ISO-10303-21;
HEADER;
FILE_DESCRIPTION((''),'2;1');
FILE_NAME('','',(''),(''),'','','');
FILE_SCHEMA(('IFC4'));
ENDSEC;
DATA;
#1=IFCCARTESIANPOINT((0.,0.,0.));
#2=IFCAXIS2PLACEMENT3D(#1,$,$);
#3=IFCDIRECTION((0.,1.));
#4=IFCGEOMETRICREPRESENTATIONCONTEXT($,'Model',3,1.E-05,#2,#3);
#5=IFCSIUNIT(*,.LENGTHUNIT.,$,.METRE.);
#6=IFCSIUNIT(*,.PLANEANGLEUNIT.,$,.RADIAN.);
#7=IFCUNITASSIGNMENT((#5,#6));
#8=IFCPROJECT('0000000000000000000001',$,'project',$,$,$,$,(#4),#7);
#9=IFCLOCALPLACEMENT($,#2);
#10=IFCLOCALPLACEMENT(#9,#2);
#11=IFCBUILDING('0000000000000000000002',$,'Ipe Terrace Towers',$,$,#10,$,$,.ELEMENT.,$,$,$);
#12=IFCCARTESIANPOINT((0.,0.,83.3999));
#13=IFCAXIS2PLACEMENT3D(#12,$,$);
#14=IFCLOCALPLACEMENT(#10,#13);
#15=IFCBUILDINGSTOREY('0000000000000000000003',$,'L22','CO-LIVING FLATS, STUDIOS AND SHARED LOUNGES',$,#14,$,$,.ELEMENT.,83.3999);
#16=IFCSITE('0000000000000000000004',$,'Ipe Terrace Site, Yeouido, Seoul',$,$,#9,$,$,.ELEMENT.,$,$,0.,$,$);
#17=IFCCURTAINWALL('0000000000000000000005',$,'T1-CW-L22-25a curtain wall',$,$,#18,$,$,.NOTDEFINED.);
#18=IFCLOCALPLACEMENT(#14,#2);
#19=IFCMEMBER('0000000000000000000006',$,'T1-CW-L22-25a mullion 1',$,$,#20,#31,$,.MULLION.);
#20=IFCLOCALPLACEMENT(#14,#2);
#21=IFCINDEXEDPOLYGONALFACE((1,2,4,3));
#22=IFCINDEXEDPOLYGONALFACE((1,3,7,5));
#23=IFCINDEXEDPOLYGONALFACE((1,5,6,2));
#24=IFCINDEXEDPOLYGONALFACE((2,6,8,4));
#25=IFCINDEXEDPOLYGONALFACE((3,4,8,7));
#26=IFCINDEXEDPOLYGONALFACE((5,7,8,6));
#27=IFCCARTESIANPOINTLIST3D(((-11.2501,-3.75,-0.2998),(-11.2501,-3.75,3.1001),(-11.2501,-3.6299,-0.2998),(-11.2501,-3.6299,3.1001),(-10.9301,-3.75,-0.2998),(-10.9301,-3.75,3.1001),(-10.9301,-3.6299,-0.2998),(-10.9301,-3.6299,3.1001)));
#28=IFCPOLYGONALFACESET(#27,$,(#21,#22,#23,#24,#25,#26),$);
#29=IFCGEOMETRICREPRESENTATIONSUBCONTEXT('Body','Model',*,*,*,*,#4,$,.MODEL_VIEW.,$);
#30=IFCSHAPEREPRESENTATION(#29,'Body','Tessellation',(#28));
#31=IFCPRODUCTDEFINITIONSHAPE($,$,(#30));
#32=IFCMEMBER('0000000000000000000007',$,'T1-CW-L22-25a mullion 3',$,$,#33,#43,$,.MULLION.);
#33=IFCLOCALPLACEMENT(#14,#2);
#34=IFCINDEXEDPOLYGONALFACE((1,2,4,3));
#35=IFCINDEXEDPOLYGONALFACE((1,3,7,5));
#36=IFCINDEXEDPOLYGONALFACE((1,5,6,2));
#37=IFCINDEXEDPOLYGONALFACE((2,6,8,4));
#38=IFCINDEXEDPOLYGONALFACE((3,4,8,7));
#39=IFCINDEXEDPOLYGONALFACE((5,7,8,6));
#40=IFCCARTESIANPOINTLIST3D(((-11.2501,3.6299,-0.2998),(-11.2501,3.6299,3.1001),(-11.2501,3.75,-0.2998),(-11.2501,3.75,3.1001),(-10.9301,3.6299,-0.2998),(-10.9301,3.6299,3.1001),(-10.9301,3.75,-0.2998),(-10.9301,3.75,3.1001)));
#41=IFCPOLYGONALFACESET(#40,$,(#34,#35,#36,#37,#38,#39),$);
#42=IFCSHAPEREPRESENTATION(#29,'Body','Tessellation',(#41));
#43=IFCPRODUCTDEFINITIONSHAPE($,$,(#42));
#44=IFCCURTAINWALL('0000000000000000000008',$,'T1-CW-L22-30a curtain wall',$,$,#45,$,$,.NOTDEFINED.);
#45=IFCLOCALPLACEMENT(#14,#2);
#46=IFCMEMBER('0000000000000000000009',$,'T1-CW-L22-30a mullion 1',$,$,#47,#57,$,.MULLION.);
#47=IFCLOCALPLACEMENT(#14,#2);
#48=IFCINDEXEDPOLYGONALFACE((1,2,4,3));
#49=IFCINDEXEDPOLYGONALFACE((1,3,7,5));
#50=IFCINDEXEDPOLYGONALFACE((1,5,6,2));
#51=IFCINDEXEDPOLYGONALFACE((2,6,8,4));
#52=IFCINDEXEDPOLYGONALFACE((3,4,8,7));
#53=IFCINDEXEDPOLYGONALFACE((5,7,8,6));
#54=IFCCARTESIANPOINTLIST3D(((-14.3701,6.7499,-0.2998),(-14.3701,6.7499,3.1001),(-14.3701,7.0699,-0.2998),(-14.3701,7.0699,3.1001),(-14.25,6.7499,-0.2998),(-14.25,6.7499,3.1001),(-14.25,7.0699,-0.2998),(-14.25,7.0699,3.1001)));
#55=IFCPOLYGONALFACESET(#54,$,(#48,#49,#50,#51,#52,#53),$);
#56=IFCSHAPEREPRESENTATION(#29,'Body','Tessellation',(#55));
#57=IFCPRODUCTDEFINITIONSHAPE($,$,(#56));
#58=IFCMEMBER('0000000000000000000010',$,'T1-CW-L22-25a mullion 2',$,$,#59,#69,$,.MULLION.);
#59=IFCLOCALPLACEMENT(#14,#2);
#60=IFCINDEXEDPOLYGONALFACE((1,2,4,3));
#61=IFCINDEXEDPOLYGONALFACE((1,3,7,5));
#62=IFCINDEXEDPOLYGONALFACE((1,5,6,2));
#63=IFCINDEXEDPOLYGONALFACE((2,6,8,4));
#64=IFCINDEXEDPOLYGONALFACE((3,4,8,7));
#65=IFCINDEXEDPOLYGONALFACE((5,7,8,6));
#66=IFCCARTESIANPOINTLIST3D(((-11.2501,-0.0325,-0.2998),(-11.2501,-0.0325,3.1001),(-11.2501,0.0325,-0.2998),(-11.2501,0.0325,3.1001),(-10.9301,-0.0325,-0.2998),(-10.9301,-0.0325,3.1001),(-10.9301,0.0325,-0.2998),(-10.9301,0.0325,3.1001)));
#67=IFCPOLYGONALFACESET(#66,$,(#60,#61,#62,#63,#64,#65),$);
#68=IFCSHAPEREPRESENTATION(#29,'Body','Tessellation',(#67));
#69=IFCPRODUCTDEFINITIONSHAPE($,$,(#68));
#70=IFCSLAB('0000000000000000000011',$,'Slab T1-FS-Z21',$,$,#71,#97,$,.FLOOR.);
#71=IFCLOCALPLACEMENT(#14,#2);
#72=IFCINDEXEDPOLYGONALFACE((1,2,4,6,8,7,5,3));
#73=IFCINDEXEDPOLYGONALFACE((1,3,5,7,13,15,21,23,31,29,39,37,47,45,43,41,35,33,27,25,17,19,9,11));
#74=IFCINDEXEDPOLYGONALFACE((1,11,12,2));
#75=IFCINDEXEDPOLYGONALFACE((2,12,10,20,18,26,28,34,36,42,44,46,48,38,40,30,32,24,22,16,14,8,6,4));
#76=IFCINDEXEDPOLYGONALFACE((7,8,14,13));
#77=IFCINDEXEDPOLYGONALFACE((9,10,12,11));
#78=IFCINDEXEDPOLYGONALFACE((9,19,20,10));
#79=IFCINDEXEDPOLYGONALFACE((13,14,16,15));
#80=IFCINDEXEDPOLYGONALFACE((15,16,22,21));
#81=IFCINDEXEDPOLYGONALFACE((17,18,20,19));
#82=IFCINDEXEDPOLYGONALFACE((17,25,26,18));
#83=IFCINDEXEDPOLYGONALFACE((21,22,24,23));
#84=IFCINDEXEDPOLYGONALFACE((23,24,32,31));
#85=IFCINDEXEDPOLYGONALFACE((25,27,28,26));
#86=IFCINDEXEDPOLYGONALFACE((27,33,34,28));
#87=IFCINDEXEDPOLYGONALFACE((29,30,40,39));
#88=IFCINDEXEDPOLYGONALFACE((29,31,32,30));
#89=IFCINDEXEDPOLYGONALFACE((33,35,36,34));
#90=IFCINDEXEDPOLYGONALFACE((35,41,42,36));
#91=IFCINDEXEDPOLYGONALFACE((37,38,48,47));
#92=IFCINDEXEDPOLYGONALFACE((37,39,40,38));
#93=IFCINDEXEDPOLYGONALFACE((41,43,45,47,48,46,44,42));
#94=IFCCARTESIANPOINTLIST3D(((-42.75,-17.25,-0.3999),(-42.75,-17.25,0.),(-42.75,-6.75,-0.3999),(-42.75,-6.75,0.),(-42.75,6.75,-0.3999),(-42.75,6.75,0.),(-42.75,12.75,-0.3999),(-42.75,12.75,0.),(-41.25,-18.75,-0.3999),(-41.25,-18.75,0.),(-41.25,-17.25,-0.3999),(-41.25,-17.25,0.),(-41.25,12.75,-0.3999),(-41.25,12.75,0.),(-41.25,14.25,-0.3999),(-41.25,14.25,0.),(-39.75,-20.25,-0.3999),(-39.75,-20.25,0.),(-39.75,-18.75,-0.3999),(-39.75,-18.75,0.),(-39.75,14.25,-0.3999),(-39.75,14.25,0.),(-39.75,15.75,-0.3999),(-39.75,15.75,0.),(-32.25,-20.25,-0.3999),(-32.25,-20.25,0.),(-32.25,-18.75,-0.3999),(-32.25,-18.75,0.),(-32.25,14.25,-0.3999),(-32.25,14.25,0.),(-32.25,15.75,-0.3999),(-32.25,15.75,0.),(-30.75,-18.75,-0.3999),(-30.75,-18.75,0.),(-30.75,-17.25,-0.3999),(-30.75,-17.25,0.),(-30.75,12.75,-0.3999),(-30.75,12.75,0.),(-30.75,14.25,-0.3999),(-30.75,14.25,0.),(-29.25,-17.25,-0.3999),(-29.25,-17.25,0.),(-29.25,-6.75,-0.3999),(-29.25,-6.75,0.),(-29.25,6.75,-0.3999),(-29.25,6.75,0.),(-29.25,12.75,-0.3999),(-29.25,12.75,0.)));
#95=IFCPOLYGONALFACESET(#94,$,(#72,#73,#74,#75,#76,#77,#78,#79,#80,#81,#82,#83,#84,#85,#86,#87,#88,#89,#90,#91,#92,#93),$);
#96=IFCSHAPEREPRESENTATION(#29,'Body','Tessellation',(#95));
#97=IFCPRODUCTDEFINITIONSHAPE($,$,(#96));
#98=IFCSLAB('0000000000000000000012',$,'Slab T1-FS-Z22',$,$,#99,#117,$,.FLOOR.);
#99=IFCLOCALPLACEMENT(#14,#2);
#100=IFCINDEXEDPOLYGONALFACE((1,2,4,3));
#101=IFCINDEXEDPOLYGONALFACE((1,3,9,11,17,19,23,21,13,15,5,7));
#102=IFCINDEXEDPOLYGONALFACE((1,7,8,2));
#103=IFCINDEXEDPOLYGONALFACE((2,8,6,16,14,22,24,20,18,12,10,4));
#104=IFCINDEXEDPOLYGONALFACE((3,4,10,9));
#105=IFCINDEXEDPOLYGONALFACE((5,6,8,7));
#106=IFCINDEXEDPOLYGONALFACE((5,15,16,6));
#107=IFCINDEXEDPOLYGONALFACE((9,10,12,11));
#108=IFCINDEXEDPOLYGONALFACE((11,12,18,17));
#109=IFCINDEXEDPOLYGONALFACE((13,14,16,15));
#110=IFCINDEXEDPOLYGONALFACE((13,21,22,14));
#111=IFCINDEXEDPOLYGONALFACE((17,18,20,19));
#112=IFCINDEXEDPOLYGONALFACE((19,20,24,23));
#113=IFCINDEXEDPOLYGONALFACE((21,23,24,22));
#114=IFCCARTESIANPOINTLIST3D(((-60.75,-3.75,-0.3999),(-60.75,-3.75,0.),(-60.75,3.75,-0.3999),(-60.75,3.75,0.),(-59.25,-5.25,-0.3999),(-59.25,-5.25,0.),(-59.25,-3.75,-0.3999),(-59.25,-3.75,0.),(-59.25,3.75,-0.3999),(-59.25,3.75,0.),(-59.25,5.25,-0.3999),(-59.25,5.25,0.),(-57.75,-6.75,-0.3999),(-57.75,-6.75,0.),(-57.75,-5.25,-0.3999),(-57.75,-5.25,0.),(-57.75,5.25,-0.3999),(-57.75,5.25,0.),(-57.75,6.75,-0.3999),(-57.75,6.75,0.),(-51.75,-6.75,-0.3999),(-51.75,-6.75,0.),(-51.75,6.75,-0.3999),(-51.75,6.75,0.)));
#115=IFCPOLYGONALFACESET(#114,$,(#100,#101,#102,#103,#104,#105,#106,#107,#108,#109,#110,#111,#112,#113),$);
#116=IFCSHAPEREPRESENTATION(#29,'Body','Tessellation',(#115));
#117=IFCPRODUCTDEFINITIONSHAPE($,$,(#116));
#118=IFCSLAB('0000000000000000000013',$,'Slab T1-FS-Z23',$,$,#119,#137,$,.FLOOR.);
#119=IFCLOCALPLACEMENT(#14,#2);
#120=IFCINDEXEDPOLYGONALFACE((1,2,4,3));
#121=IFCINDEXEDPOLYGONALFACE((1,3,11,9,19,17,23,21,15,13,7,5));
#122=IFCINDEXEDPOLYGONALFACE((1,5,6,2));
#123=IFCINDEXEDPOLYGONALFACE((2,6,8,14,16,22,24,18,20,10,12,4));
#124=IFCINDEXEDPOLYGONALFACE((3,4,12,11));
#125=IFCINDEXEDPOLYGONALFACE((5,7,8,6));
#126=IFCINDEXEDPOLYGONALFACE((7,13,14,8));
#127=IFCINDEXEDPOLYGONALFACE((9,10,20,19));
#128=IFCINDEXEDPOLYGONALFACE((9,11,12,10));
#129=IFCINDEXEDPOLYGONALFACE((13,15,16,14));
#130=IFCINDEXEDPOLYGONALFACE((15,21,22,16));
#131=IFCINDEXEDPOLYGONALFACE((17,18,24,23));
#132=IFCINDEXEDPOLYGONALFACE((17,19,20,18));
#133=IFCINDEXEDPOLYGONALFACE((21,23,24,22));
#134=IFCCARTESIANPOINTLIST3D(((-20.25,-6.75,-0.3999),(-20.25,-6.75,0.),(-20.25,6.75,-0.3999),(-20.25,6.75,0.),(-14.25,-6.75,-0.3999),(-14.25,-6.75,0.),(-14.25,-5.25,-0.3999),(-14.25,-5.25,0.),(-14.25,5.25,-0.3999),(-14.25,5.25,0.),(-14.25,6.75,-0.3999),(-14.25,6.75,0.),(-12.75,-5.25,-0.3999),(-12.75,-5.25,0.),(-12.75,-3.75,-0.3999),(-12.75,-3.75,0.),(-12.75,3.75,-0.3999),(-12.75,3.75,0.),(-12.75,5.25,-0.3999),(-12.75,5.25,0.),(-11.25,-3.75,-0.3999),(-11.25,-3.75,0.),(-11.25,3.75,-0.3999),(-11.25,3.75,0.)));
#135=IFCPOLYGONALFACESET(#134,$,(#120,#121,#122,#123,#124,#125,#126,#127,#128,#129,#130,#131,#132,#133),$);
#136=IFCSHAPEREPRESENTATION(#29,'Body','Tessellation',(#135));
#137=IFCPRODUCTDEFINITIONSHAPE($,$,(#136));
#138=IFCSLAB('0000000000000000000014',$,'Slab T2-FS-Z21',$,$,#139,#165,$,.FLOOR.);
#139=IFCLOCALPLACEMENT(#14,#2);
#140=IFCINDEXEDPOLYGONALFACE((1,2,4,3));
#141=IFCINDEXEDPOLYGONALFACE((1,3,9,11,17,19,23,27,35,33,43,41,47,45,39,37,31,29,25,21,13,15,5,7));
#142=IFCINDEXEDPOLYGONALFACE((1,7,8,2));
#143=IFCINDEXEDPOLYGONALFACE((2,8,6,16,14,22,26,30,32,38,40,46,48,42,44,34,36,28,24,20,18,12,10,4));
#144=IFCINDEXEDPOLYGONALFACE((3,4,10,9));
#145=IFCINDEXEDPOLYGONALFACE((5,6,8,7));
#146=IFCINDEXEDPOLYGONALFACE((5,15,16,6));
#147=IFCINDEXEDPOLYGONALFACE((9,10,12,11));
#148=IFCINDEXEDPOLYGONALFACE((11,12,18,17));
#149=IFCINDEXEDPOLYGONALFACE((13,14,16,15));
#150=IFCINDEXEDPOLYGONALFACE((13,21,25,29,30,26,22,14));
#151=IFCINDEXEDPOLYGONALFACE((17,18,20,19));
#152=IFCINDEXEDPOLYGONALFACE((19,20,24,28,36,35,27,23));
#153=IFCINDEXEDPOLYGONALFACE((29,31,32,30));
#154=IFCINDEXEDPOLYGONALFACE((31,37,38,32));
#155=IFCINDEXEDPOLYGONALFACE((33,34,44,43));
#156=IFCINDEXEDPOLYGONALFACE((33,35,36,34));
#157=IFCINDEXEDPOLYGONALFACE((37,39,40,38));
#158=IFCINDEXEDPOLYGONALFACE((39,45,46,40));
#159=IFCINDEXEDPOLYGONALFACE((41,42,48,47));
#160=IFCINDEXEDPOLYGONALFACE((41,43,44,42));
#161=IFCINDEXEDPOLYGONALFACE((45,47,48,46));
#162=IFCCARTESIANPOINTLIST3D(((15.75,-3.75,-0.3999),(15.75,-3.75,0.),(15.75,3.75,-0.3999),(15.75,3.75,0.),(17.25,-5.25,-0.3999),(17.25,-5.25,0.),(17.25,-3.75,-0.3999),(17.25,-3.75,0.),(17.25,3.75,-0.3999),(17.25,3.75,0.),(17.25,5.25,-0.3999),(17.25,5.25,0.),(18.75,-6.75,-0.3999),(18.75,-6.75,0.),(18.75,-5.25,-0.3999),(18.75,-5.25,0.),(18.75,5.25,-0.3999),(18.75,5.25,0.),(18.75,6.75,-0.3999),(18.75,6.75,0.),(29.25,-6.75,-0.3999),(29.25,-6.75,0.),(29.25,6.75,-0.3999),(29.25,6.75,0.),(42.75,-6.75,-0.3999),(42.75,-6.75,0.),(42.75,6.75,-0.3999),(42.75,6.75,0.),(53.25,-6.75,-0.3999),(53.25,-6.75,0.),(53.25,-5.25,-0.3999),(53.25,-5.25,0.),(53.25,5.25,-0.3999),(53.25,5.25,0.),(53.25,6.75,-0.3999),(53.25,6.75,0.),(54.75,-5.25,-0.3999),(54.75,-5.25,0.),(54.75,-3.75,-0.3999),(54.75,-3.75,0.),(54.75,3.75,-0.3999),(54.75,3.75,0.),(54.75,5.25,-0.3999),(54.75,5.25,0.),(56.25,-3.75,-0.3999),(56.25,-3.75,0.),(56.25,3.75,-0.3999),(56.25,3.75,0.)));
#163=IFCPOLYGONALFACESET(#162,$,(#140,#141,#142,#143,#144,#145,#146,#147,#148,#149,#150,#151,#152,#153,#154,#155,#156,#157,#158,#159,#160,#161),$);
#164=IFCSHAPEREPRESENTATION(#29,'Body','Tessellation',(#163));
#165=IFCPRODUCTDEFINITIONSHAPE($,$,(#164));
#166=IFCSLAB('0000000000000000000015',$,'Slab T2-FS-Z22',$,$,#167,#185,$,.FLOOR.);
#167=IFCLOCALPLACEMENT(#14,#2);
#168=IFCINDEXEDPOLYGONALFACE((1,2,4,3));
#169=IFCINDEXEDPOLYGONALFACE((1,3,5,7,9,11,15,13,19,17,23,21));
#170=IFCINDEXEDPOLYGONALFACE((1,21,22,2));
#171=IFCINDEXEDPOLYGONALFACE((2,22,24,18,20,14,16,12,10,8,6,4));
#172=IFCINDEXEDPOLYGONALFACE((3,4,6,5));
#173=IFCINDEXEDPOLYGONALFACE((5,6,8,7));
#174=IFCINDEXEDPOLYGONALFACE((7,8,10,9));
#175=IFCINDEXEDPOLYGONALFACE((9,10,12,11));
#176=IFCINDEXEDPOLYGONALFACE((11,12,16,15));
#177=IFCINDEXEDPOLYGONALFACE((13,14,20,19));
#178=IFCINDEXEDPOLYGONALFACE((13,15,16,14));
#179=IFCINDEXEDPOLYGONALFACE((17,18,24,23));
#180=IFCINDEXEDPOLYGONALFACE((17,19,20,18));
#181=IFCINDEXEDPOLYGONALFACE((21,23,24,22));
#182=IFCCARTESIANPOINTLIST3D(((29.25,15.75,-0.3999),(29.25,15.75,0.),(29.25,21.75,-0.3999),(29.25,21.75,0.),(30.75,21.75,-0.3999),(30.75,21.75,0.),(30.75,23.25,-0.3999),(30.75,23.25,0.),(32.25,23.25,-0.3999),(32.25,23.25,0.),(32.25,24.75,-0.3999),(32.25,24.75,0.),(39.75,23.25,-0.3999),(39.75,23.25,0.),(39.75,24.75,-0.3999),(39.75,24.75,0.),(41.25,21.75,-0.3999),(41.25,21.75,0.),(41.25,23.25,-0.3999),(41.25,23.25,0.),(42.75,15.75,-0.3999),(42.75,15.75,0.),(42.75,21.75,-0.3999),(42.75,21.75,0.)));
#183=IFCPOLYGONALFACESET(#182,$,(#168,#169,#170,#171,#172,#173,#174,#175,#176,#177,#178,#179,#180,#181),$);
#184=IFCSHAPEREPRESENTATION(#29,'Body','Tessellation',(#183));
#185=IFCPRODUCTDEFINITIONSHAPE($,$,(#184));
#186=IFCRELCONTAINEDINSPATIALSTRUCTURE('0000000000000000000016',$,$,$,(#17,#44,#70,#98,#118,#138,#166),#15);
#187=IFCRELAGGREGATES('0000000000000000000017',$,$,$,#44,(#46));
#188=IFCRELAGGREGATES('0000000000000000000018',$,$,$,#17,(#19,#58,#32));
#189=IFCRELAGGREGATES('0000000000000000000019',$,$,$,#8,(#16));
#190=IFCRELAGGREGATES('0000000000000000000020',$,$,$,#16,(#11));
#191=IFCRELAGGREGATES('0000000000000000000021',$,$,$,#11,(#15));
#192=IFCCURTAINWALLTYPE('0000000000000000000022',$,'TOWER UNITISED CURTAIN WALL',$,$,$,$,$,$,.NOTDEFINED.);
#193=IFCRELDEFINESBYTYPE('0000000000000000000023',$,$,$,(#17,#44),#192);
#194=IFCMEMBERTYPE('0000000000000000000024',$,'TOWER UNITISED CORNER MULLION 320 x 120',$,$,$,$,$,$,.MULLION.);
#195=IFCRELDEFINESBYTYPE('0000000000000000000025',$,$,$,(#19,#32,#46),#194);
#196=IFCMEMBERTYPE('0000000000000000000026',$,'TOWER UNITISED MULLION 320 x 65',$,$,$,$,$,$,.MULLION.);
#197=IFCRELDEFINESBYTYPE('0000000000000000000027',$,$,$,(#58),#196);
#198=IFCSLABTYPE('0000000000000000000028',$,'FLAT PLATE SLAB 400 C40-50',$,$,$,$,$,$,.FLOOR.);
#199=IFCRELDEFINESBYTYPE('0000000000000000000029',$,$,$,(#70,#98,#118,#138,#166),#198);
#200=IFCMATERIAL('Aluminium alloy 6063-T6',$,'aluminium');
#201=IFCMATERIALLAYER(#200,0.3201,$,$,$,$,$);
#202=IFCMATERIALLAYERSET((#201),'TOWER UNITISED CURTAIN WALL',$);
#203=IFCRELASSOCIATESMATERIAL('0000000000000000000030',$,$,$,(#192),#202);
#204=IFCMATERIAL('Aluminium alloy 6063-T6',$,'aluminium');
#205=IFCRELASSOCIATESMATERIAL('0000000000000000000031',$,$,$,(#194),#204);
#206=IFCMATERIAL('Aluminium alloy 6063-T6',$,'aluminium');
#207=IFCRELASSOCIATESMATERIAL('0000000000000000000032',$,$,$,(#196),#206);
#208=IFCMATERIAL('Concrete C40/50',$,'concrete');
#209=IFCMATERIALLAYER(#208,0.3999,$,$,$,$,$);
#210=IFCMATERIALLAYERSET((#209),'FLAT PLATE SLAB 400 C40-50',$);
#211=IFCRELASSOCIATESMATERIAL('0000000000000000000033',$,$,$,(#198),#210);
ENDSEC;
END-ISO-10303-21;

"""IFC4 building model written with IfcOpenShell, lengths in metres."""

from ifc_helpers import new_model, si_unit, direction, frame, origin, origin_2d, place, context, subcontext, project, spatial, polyline, rectangle, outline, extrude, material, layer, layer_set, material_profile, profile_set, type_object, element, aggregate, save


model = new_model("IFC4")

# Units and contexts
model_context = context("Model", 3, precision=1e-05, world=origin(), true_north=direction((0.0, 1.0)))
body_context = subcontext(model_context, "Body", "Model", "MODEL_VIEW")
ifc_project = project(units=[si_unit("LENGTHUNIT", "METRE"), si_unit("PLANEANGLEUNIT", "RADIAN")], contexts=[model_context])

# Site, building, storey
site_placement = place(None, origin())
site = spatial("IfcSite", under=ifc_project, at=site_placement, Name="Ipe Terrace Site, Yeouido, Seoul", CompositionType="ELEMENT", RefElevation=0.0)
building_placement = place(site_placement, origin())
building = spatial("IfcBuilding", under=site, at=building_placement, Name="Ipe Terrace Towers", CompositionType="ELEMENT")
storey_placement = place(building_placement, frame((0.0, 0.0, 83.3999)))
storey = spatial("IfcBuildingStorey", under=building, at=storey_placement, Name="L22", Description="CO-LIVING FLATS, STUDIOS AND SHARED LOUNGES", CompositionType="ELEMENT", Elevation=83.3999)

# Shared definitions
ifc_material_1 = material(Name="Aluminium alloy 6063-T6", Category="aluminium")
ifc_layer_1 = layer(ifc_material_1, 0.3201)
ifc_layer_set_1 = layer_set([ifc_layer_1], Name="TOWER UNITISED CURTAIN WALL")
curtain_wall_type = type_object("IfcCurtainWallType", Name="TOWER UNITISED CURTAIN WALL", PredefinedType="NOTDEFINED", material=ifc_layer_set_1)
ifc_material_2 = material(Name="Aluminium alloy 6063-T6", Category="aluminium")
ifc_material_profile_1 = material_profile(ifc_material_2, rectangle(XDim=0.3201, YDim=0.1201, at=origin_2d()), Name="TOWER UNITISED CORNER MULLION 320 x 120")
ifc_profile_set_1 = profile_set([ifc_material_profile_1], Name="Aluminium alloy 6063-T6")
member_type_1 = type_object("IfcMemberType", Name="TOWER UNITISED CORNER MULLION 320 x 120", PredefinedType="MULLION", material=ifc_profile_set_1)

# Curtain wall, members
curtain_wall_1_placement = place(storey_placement, origin())
curtain_wall_1 = element("IfcCurtainWall", 1, at=curtain_wall_1_placement, inside=storey, type_object=curtain_wall_type, Name="T1-CW-L22-25a curtain wall", PredefinedType="NOTDEFINED")
member_1_placement = place(storey_placement, frame((-11.0901, -3.6899, -0.2998), z_axis=(0.0, 0.0, 1.0), x_axis=(1.0, 0.0, 0.0)))
member_1 = element("IfcMember", 2, at=member_1_placement, type_object=member_type_1, Name="T1-CW-L22-25a mullion 1", PredefinedType="MULLION", context=body_context, shape_type="SweptSolid", body=[
    extrude(rectangle(XDim=0.3201, YDim=0.1201, at=origin_2d()), origin(), (0.0, 0.0, 1.0), 3.3999),
])
member_2_placement = place(storey_placement, frame((-11.0901, 3.6899, -0.2998), z_axis=(0.0, 0.0, 1.0), x_axis=(1.0, 0.0, 0.0)))
member_2 = element("IfcMember", 3, at=member_2_placement, type_object=member_type_1, Name="T1-CW-L22-25a mullion 3", PredefinedType="MULLION", context=body_context, shape_type="SweptSolid", body=[
    extrude(rectangle(XDim=0.3201, YDim=0.1201, at=origin_2d()), origin(), (0.0, 0.0, 1.0), 3.3999),
])

# Curtain wall, member
curtain_wall_2_placement = place(storey_placement, origin())
curtain_wall_2 = element("IfcCurtainWall", 4, at=curtain_wall_2_placement, inside=storey, type_object=curtain_wall_type, Name="T1-CW-L22-30a curtain wall", PredefinedType="NOTDEFINED")
member_3_placement = place(storey_placement, frame((-14.3101, 6.9099, -0.2998), z_axis=(0.0, 0.0, 1.0), x_axis=(0.0, 1.0, 0.0)))
member_3 = element("IfcMember", 5, at=member_3_placement, type_object=member_type_1, Name="T1-CW-L22-30a mullion 1", PredefinedType="MULLION", context=body_context, shape_type="SweptSolid", body=[
    extrude(rectangle(XDim=0.3201, YDim=0.1201, at=origin_2d()), origin(), (0.0, 0.0, 1.0), 3.3999),
])
aggregate(curtain_wall_2, [member_3])

# Member
ifc_material_3 = material(Name="Aluminium alloy 6063-T6", Category="aluminium")
ifc_material_profile_2 = material_profile(ifc_material_3, rectangle(XDim=0.3201, YDim=0.0649, at=origin_2d()), Name="TOWER UNITISED MULLION 320 x 65")
ifc_profile_set_2 = profile_set([ifc_material_profile_2], Name="Aluminium alloy 6063-T6")
member_type_2 = type_object("IfcMemberType", Name="TOWER UNITISED MULLION 320 x 65", PredefinedType="MULLION", material=ifc_profile_set_2)
member_4_placement = place(storey_placement, frame((-11.0901, 0.0, -0.2998), z_axis=(0.0, 0.0, 1.0), x_axis=(1.0, 0.0, 0.0)))
member_4 = element("IfcMember", 6, at=member_4_placement, type_object=member_type_2, Name="T1-CW-L22-25a mullion 2", PredefinedType="MULLION", context=body_context, shape_type="SweptSolid", body=[
    extrude(rectangle(XDim=0.3201, YDim=0.0649, at=origin_2d()), origin(), (0.0, 0.0, 1.0), 3.3999),
])

# Slabs
ifc_material_4 = material(Name="Concrete C40/50", Category="concrete")
ifc_layer_2 = layer(ifc_material_4, 0.3999)
ifc_layer_set_2 = layer_set([ifc_layer_2], Name="FLAT PLATE SLAB 400 C40-50")
slab_type = type_object("IfcSlabType", Name="FLAT PLATE SLAB 400 C40-50", PredefinedType="FLOOR", material=ifc_layer_set_2)
slab_1_placement = place(storey_placement, frame((0.0, 0.0, -0.3999)))
element("IfcSlab", 7, at=slab_1_placement, inside=storey, type_object=slab_type, Name="Slab T1-FS-Z21", PredefinedType="FLOOR", context=body_context, shape_type="SweptSolid", body=[
    extrude(outline(polyline([(-30.75, -17.25), (-30.75, -18.75), (-32.25, -18.75), (-32.25, -20.25), (-39.75, -20.25), (-39.75, -18.75), (-41.25, -18.75), (-41.25, -17.25), (-42.75, -17.25), (-42.75, -6.75), (-42.75, 6.75), (-42.75, 12.75), (-41.25, 12.75), (-41.25, 14.25), (-39.75, 14.25), (-39.75, 15.75), (-32.25, 15.75), (-32.25, 14.25), (-30.75, 14.25), (-30.75, 12.75), (-29.25, 12.75), (-29.25, 6.75), (-29.25, -6.75), (-29.25, -17.25), (-30.75, -17.25)])), origin(), (0.0, 0.0, 1.0), 0.3999),
])
slab_2_placement = place(storey_placement, frame((0.0, 0.0, -0.3999)))
element("IfcSlab", 8, at=slab_2_placement, inside=storey, type_object=slab_type, Name="Slab T1-FS-Z22", PredefinedType="FLOOR", context=body_context, shape_type="SweptSolid", body=[
    extrude(outline(polyline([(-57.75, -6.75), (-57.75, -5.25), (-59.25, -5.25), (-59.25, -3.75), (-60.75, -3.75), (-60.75, 3.75), (-59.25, 3.75), (-59.25, 5.25), (-57.75, 5.25), (-57.75, 6.75), (-51.75, 6.75), (-51.75, -6.75), (-57.75, -6.75)])), origin(), (0.0, 0.0, 1.0), 0.3999),
])
slab_3_placement = place(storey_placement, frame((0.0, 0.0, -0.3999)))
element("IfcSlab", 9, at=slab_3_placement, inside=storey, type_object=slab_type, Name="Slab T1-FS-Z23", PredefinedType="FLOOR", context=body_context, shape_type="SweptSolid", body=[
    extrude(outline(polyline([(-14.25, 5.25), (-12.75, 5.25), (-12.75, 3.75), (-11.25, 3.75), (-11.25, -3.75), (-12.75, -3.75), (-12.75, -5.25), (-14.25, -5.25), (-14.25, -6.75), (-20.25, -6.75), (-20.25, 6.75), (-14.25, 6.75), (-14.25, 5.25)])), origin(), (0.0, 0.0, 1.0), 0.3999),
])
slab_4_placement = place(storey_placement, frame((0.0, 0.0, -0.3999)))
element("IfcSlab", 10, at=slab_4_placement, inside=storey, type_object=slab_type, Name="Slab T2-FS-Z21", PredefinedType="FLOOR", context=body_context, shape_type="SweptSolid", body=[
    extrude(outline(polyline([(53.25, 5.25), (54.75, 5.25), (54.75, 3.75), (56.25, 3.75), (56.25, -3.75), (54.75, -3.75), (54.75, -5.25), (53.25, -5.25), (53.25, -6.75), (42.75, -6.75), (29.25, -6.75), (18.75, -6.75), (18.75, -5.25), (17.25, -5.25), (17.25, -3.75), (15.75, -3.75), (15.75, 3.75), (17.25, 3.75), (17.25, 5.25), (18.75, 5.25), (18.75, 6.75), (29.25, 6.75), (42.75, 6.75), (53.25, 6.75), (53.25, 5.25)])), origin(), (0.0, 0.0, 1.0), 0.3999),
])
slab_5_placement = place(storey_placement, frame((0.0, 0.0, -0.3999)))
element("IfcSlab", 11, at=slab_5_placement, inside=storey, type_object=slab_type, Name="Slab T2-FS-Z22", PredefinedType="FLOOR", context=body_context, shape_type="SweptSolid", body=[
    extrude(outline(polyline([(30.75, 21.75), (30.75, 23.25), (32.25, 23.25), (32.25, 24.75), (39.75, 24.75), (39.75, 23.25), (41.25, 23.25), (41.25, 21.75), (42.75, 21.75), (42.75, 15.75), (29.25, 15.75), (29.25, 21.75), (30.75, 21.75)])), origin(), (0.0, 0.0, 1.0), 0.3999),
])

aggregate(curtain_wall_1, [member_1, member_4, member_2])

save(model, "model.ifc")
